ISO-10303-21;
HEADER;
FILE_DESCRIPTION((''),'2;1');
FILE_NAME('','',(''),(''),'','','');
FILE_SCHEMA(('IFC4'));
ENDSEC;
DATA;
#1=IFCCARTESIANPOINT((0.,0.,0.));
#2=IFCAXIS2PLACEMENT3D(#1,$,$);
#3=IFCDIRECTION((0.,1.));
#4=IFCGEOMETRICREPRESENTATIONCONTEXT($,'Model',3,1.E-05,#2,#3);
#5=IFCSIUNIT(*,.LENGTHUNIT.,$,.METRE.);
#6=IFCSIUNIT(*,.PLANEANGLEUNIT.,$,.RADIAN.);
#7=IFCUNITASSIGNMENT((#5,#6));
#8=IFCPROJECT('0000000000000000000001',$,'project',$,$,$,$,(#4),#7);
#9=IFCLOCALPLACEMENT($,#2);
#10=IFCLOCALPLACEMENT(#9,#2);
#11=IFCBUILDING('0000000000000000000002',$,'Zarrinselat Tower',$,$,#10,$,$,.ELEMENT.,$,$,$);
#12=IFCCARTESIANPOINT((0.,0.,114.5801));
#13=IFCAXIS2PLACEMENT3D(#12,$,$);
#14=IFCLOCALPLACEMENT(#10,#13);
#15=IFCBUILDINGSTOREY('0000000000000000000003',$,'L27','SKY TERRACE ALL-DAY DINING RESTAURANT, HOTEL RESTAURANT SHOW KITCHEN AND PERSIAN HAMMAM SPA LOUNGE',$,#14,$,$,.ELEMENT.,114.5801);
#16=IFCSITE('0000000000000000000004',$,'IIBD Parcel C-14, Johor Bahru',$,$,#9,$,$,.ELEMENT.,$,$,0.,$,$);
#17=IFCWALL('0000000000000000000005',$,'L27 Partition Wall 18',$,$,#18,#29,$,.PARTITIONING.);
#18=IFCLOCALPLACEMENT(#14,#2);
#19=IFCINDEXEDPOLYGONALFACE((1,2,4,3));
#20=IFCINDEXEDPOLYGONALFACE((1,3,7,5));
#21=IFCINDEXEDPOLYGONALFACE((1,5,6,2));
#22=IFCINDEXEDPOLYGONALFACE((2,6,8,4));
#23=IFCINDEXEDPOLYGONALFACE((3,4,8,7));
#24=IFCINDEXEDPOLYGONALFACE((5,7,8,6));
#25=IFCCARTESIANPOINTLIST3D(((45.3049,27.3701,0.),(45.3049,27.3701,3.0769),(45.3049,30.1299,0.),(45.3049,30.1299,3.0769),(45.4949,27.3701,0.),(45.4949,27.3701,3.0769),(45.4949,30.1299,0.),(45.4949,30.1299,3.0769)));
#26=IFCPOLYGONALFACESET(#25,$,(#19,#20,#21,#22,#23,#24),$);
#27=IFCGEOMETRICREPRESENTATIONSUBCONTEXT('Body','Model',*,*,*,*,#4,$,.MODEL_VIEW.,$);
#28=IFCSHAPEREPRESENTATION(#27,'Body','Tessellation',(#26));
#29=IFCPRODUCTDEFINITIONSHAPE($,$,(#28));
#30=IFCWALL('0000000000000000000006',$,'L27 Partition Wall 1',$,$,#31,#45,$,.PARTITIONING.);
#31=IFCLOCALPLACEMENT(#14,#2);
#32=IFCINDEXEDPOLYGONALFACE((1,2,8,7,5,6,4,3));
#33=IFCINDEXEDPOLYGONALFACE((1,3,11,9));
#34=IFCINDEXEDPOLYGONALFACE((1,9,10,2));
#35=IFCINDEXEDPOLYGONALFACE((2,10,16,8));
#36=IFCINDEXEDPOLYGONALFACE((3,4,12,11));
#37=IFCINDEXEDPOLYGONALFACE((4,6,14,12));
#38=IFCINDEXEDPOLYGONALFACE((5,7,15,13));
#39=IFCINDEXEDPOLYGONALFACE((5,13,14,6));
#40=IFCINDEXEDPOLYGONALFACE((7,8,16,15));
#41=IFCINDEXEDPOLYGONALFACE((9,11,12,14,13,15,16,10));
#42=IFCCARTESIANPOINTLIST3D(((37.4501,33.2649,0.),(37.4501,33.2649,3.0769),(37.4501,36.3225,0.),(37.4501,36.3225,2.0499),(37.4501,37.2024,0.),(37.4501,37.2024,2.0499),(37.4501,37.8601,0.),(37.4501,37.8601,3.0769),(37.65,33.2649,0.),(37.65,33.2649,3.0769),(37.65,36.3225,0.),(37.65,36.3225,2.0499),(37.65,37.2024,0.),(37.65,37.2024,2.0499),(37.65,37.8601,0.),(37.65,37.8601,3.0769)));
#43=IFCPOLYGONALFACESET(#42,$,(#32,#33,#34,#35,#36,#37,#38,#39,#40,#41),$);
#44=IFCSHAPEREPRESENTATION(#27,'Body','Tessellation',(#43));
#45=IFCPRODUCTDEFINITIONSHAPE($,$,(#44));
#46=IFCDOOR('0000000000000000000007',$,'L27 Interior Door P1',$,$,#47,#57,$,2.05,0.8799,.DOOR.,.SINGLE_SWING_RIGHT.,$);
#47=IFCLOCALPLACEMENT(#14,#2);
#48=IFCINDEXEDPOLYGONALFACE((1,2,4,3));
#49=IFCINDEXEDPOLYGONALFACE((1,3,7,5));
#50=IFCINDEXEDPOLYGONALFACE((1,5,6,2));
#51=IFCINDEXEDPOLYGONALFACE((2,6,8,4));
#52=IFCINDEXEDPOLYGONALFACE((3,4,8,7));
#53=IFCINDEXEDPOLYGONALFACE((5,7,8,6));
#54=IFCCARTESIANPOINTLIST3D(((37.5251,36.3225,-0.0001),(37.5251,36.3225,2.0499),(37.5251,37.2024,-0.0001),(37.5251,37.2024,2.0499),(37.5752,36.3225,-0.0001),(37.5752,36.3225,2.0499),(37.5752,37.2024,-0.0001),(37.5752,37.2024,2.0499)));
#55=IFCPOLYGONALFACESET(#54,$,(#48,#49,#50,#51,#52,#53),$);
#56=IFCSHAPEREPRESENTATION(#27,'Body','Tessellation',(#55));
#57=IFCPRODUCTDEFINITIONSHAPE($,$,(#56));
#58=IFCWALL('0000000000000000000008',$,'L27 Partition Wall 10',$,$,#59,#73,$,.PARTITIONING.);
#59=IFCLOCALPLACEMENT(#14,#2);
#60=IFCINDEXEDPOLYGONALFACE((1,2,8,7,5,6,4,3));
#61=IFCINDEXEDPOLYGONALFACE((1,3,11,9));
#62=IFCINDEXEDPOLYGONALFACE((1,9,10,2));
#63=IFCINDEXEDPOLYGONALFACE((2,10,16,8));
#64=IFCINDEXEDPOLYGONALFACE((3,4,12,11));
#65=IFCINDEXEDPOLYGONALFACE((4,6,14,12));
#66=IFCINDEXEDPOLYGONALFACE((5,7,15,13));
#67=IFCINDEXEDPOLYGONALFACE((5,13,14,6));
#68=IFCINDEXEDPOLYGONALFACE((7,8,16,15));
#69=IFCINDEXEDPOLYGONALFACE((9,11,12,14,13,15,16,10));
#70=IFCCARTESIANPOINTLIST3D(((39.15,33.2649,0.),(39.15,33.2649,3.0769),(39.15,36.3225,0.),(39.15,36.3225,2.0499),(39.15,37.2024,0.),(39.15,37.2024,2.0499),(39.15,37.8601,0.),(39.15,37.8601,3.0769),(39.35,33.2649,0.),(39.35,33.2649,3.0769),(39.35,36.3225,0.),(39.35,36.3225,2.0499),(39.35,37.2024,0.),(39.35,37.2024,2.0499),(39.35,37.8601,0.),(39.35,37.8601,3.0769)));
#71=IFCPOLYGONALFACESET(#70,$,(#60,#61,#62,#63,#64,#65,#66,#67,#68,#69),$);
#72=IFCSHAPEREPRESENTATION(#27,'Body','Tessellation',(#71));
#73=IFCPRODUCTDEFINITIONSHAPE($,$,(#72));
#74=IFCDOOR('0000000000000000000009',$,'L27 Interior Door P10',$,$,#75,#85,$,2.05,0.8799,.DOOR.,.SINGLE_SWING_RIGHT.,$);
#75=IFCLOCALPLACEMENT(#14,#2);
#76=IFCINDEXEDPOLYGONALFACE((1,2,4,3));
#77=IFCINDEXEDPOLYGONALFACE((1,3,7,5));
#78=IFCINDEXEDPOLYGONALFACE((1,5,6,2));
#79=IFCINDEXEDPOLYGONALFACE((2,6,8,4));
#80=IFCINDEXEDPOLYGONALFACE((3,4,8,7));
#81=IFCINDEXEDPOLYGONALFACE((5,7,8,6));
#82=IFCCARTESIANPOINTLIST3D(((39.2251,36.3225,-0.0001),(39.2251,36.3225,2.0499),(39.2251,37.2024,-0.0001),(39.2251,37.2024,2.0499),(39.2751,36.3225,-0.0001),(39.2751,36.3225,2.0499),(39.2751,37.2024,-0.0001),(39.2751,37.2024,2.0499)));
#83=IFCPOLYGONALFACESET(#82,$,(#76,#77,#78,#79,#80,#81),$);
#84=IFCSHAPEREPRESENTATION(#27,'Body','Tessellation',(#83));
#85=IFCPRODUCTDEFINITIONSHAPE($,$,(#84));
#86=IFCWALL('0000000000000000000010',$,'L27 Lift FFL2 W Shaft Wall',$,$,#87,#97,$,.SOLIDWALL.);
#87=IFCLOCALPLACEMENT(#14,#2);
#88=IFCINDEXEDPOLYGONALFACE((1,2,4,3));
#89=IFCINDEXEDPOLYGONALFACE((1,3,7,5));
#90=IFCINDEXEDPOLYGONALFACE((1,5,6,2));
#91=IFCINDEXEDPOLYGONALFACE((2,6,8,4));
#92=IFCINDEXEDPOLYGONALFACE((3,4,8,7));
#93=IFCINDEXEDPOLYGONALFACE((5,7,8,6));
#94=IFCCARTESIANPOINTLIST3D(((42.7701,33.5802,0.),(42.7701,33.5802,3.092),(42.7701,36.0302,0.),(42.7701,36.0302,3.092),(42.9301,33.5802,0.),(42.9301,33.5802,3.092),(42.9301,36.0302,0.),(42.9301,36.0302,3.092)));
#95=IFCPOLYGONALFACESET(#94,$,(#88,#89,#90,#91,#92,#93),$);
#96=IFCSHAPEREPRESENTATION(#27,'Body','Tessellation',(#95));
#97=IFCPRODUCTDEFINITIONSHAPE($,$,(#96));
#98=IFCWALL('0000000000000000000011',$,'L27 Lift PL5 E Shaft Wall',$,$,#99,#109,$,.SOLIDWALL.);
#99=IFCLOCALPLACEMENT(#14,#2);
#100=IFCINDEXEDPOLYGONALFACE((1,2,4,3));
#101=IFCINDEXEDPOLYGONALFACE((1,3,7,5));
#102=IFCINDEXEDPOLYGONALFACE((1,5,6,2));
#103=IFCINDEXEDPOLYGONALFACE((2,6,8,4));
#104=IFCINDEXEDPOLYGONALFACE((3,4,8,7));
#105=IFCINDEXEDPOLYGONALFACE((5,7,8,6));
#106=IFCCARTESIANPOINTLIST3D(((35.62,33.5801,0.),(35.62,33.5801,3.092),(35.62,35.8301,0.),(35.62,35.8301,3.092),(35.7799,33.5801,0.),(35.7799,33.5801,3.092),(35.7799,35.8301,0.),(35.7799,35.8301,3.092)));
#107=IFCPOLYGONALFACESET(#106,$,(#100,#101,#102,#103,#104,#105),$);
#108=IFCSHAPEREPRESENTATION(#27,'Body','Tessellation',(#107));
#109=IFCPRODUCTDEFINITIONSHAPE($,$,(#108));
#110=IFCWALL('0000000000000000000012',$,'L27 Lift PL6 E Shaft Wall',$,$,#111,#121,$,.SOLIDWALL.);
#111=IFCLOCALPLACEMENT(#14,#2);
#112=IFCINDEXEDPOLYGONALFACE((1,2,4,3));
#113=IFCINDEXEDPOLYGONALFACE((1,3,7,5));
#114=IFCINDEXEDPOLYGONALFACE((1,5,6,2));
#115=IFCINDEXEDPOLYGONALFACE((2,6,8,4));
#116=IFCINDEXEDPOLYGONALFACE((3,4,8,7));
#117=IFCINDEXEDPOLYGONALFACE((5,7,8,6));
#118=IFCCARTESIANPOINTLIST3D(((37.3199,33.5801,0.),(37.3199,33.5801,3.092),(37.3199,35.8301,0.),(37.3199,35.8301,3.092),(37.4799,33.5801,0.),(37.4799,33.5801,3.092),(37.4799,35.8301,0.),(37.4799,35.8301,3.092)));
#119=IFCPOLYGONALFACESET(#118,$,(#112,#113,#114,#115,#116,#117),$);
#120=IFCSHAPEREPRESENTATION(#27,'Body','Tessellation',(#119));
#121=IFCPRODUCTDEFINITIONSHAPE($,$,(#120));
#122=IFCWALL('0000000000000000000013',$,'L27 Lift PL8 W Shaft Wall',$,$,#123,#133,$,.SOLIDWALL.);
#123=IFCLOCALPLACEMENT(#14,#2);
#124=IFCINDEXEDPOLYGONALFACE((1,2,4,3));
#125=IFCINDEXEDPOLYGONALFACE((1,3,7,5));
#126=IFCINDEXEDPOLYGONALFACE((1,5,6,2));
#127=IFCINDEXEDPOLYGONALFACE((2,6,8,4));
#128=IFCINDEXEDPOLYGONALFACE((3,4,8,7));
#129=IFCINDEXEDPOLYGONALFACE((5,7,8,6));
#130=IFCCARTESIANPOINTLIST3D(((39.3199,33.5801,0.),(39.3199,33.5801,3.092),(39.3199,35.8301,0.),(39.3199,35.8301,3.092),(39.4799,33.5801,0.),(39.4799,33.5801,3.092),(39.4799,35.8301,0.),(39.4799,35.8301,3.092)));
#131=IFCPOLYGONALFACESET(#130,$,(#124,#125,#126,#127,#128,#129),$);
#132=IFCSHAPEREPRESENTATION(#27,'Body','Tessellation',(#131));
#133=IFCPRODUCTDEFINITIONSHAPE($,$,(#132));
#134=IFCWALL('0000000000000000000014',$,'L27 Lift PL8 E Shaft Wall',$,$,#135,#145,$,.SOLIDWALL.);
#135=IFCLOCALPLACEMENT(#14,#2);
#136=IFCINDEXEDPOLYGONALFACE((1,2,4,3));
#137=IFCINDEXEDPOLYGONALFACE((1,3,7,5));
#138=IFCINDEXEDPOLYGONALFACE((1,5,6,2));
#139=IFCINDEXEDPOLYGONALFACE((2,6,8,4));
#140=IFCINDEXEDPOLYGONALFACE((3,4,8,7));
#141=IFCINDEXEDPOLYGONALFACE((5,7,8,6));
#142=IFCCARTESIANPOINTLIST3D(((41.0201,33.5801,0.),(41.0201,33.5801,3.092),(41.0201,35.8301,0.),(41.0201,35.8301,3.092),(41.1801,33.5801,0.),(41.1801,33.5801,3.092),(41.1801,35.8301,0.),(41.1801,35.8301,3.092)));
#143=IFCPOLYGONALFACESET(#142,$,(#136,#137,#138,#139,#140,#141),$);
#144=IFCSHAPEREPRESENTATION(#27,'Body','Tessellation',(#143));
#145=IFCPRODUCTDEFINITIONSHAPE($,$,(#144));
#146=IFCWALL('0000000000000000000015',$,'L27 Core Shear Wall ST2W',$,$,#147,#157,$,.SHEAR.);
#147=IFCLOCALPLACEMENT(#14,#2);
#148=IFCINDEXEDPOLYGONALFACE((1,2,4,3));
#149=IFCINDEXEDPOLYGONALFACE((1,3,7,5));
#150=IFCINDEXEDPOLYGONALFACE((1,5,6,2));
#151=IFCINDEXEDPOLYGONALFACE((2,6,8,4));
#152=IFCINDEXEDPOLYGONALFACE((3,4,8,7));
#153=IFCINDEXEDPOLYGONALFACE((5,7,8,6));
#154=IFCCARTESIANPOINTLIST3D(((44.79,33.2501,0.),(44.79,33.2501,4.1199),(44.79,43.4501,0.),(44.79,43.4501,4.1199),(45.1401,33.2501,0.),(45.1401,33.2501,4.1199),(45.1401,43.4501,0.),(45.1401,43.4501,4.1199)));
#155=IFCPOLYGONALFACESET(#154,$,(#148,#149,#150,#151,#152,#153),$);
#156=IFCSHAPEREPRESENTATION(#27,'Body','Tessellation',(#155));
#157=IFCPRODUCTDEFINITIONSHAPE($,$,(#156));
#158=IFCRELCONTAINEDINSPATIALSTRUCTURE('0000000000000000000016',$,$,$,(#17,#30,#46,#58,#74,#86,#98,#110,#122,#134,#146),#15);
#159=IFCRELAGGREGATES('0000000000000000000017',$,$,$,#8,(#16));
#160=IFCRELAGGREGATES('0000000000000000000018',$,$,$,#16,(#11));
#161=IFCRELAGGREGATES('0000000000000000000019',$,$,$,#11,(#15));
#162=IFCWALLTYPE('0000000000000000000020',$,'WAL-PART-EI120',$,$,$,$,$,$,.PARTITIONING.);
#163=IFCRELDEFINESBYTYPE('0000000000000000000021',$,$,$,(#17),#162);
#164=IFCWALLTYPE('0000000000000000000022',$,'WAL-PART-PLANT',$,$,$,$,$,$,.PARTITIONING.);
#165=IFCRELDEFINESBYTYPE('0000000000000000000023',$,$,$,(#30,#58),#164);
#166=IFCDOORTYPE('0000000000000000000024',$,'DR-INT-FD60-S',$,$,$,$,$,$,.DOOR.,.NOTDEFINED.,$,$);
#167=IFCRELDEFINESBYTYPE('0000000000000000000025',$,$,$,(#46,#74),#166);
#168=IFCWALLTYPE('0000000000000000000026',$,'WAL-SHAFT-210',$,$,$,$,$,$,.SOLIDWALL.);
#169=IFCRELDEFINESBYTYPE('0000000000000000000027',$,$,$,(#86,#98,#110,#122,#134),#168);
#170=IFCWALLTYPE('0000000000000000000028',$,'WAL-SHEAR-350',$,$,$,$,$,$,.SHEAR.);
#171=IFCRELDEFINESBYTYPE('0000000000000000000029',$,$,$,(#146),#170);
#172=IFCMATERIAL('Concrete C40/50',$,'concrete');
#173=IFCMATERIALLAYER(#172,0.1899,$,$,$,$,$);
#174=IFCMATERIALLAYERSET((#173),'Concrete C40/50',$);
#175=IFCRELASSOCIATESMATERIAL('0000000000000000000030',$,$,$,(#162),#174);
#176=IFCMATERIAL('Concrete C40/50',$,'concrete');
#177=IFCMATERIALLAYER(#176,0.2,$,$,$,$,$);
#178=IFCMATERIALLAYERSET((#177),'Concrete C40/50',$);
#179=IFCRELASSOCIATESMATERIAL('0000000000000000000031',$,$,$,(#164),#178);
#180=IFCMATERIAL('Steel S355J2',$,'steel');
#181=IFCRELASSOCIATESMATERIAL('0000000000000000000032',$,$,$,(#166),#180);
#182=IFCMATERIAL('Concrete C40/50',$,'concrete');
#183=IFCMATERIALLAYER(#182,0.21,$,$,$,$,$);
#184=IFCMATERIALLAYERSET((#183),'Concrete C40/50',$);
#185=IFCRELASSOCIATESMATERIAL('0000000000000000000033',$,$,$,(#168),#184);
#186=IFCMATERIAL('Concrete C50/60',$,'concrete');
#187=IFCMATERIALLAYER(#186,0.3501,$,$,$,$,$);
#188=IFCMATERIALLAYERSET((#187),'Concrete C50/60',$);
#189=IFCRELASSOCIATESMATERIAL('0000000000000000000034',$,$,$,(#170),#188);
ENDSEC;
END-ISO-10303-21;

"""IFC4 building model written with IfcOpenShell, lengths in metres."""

from ifc_helpers import new_model, si_unit, direction, frame, frame_2d, origin, place, context, subcontext, project, spatial, rectangle, extrude, material, layer, layer_set, type_object, element, fill, save


model = new_model("IFC4")

# Units and contexts
model_context = context("Model", 3, precision=1e-05, world=origin(), true_north=direction((0.0, 1.0)))
body_context = subcontext(model_context, "Body", "Model", "MODEL_VIEW")
ifc_project = project(units=[si_unit("LENGTHUNIT", "METRE"), si_unit("PLANEANGLEUNIT", "RADIAN")], contexts=[model_context])

# Site, building, storey
site_placement = place(None, origin())
site = spatial("IfcSite", under=ifc_project, at=site_placement, Name="IIBD Parcel C-14, Johor Bahru", CompositionType="ELEMENT", RefElevation=0.0)
building_placement = place(site_placement, origin())
building = spatial("IfcBuilding", under=site, at=building_placement, Name="Zarrinselat Tower", CompositionType="ELEMENT")
storey_placement = place(building_placement, frame((0.0, 0.0, 114.5801)))
storey = spatial("IfcBuildingStorey", under=building, at=storey_placement, Name="L27", Description="SKY TERRACE ALL-DAY DINING RESTAURANT, HOTEL RESTAURANT SHOW KITCHEN AND PERSIAN HAMMAM SPA LOUNGE", CompositionType="ELEMENT", Elevation=114.5801)

# Shared definitions
ifc_material_1 = material(Name="Concrete C40/50", Category="concrete")
ifc_layer_1 = layer(ifc_material_1, 0.1899)
ifc_layer_set_1 = layer_set([ifc_layer_1], Name="Concrete C40/50")
wall_type_1 = type_object("IfcWallType", Name="WAL-PART-EI120", PredefinedType="PARTITIONING", material=ifc_layer_set_1)

# Wall
wall_1_placement = place(storey_placement, frame((45.3999, 27.3701, 0.0), z_axis=(0.0, 0.0, 1.0), x_axis=(0.0, 1.0, 0.0)))
element("IfcWall", 1, at=wall_1_placement, inside=storey, type_object=wall_type_1, Name="L27 Partition Wall 18", PredefinedType="PARTITIONING", context=body_context, shape_type="SweptSolid", body=[
    extrude(rectangle(XDim=2.7598, YDim=0.1899, at=frame_2d((1.3799, 0.0))), origin(), (0.0, 0.0, 1.0), 3.0769),
])

# Walls, openings, doors
ifc_material_2 = material(Name="Concrete C40/50", Category="concrete")
ifc_layer_2 = layer(ifc_material_2, 0.2)
ifc_layer_set_2 = layer_set([ifc_layer_2], Name="Concrete C40/50")
wall_type_2 = type_object("IfcWallType", Name="WAL-PART-PLANT", PredefinedType="PARTITIONING", material=ifc_layer_set_2)
wall_2_placement = place(storey_placement, frame((37.55, 33.2649, 0.0), z_axis=(0.0, 0.0, 1.0), x_axis=(0.0, 1.0, 0.0)))
wall_2 = element("IfcWall", 2, at=wall_2_placement, inside=storey, type_object=wall_type_2, Name="L27 Partition Wall 1", PredefinedType="PARTITIONING", context=body_context, shape_type="SweptSolid", body=[
    extrude(rectangle(XDim=4.5952, YDim=0.2, at=frame_2d((2.2976, 0.0))), origin(), (0.0, 0.0, 1.0), 3.0769),
])
opening_1_placement = place(wall_2_placement, frame((3.0576, 0.0, 0.0)))
opening_1 = element("IfcOpeningElement", 3, at=opening_1_placement, cuts=wall_2, PredefinedType="OPENING", context=body_context, shape_type="SweptSolid", body=[
    extrude(rectangle(XDim=0.8799, YDim=2.05, at=frame_2d((0.4399, 1.0249))), frame((0.0, 0.1099, 0.0), z_axis=(0.0, -1.0, 0.0), x_axis=(1.0, 0.0, 0.0)), (0.0, 0.0, 1.0), 0.22),
])
ifc_material_3 = material(Name="Steel S355J2", Category="steel")
door_type_1 = type_object("IfcDoorType", Name="DR-INT-FD60-S", OperationType="NOTDEFINED", PredefinedType="DOOR", material=ifc_material_3)
door_1_placement = place(opening_1_placement, origin())
door_1 = element("IfcDoor", 4, at=door_1_placement, inside=storey, type_object=door_type_1, Name="L27 Interior Door P1", OperationType="SINGLE_SWING_RIGHT", OverallHeight=2.05, OverallWidth=0.8799, PredefinedType="DOOR", context=body_context, shape_type="SweptSolid", body=[
    extrude(rectangle(XDim=0.8799, YDim=2.05, at=frame_2d((0.4399, 1.0249))), frame((0.0, 0.0249, 0.0), z_axis=(0.0, -1.0, 0.0), x_axis=(1.0, 0.0, 0.0)), (0.0, 0.0, 1.0), 0.05),
])
fill(opening_1, door_1)
wall_3_placement = place(storey_placement, frame((39.25, 33.2649, 0.0), z_axis=(0.0, 0.0, 1.0), x_axis=(0.0, 1.0, 0.0)))
wall_3 = element("IfcWall", 5, at=wall_3_placement, inside=storey, type_object=wall_type_2, Name="L27 Partition Wall 10", PredefinedType="PARTITIONING", context=body_context, shape_type="SweptSolid", body=[
    extrude(rectangle(XDim=4.5952, YDim=0.2, at=frame_2d((2.2976, 0.0))), origin(), (0.0, 0.0, 1.0), 3.0769),
])
opening_2_placement = place(wall_3_placement, frame((3.0576, 0.0, 0.0)))
opening_2 = element("IfcOpeningElement", 6, at=opening_2_placement, cuts=wall_3, PredefinedType="OPENING", context=body_context, shape_type="SweptSolid", body=[
    extrude(rectangle(XDim=0.8799, YDim=2.05, at=frame_2d((0.4399, 1.0249))), frame((0.0, 0.1099, 0.0), z_axis=(0.0, -1.0, 0.0), x_axis=(1.0, 0.0, 0.0)), (0.0, 0.0, 1.0), 0.22),
])
door_2_placement = place(opening_2_placement, origin())
door_2 = element("IfcDoor", 7, at=door_2_placement, inside=storey, type_object=door_type_1, Name="L27 Interior Door P10", OperationType="SINGLE_SWING_RIGHT", OverallHeight=2.05, OverallWidth=0.8799, PredefinedType="DOOR", context=body_context, shape_type="SweptSolid", body=[
    extrude(rectangle(XDim=0.8799, YDim=2.05, at=frame_2d((0.4399, 1.0249))), frame((0.0, 0.0249, 0.0), z_axis=(0.0, -1.0, 0.0), x_axis=(1.0, 0.0, 0.0)), (0.0, 0.0, 1.0), 0.05),
])
fill(opening_2, door_2)

# Walls
ifc_material_4 = material(Name="Concrete C40/50", Category="concrete")
ifc_layer_3 = layer(ifc_material_4, 0.21)
ifc_layer_set_3 = layer_set([ifc_layer_3], Name="Concrete C40/50")
wall_type_3 = type_object("IfcWallType", Name="WAL-SHAFT-210", PredefinedType="SOLIDWALL", material=ifc_layer_set_3)
wall_4_placement = place(storey_placement, frame((42.8501, 33.5801, 0.0), z_axis=(0.0, 0.0, 1.0), x_axis=(0.0, 1.0, 0.0)))
element("IfcWall", 8, at=wall_4_placement, inside=storey, type_object=wall_type_3, Name="L27 Lift FFL2 W Shaft Wall", PredefinedType="SOLIDWALL", context=body_context, shape_type="SweptSolid", body=[
    extrude(rectangle(XDim=2.45, YDim=0.1599, at=frame_2d((1.2251, 0.0))), origin(), (0.0, 0.0, 1.0), 3.092),
])
for number, where, z_axis, x_axis, name in (
    (9, (35.7, 33.5801, 0.0), (0.0, 0.0, 1.0), (0.0, 1.0, 0.0), "L27 Lift PL5 E Shaft Wall"),
    (10, (37.3999, 33.5801, 0.0), (0.0, 0.0, 1.0), (0.0, 1.0, 0.0), "L27 Lift PL6 E Shaft Wall"),
    (11, (39.3999, 33.5801, 0.0), (0.0, 0.0, 1.0), (0.0, 1.0, 0.0), "L27 Lift PL8 W Shaft Wall"),
    (12, (41.1001, 33.5801, 0.0), (0.0, 0.0, 1.0), (0.0, 1.0, 0.0), "L27 Lift PL8 E Shaft Wall"),
):
    element("IfcWall", number, at=place(storey_placement, frame(where, z_axis=z_axis, x_axis=x_axis)), inside=storey, type_object=wall_type_3, Name=name, PredefinedType="SOLIDWALL", context=body_context, shape_type="SweptSolid", body=[
        extrude(rectangle(XDim=2.25, YDim=0.1599, at=frame_2d((1.125, 0.0))), origin(), (0.0, 0.0, 1.0), 3.092),
    ])
ifc_material_5 = material(Name="Concrete C50/60", Category="concrete")
ifc_layer_4 = layer(ifc_material_5, 0.3501)
ifc_layer_set_4 = layer_set([ifc_layer_4], Name="Concrete C50/60")
wall_type_4 = type_object("IfcWallType", Name="WAL-SHEAR-350", PredefinedType="SHEAR", material=ifc_layer_set_4)
wall_5_placement = place(storey_placement, frame((44.9651, 33.25, 0.0), z_axis=(0.0, 0.0, 1.0), x_axis=(0.0, 1.0, 0.0)))
element("IfcWall", 13, at=wall_5_placement, inside=storey, type_object=wall_type_4, Name="L27 Core Shear Wall ST2W", PredefinedType="SHEAR", context=body_context, shape_type="SweptSolid", body=[
    extrude(rectangle(XDim=10.2, YDim=0.3501, at=frame_2d((5.1001, 0.0))), origin(), (0.0, 0.0, 1.0), 4.1199),
])

save(model, "model.ifc")
